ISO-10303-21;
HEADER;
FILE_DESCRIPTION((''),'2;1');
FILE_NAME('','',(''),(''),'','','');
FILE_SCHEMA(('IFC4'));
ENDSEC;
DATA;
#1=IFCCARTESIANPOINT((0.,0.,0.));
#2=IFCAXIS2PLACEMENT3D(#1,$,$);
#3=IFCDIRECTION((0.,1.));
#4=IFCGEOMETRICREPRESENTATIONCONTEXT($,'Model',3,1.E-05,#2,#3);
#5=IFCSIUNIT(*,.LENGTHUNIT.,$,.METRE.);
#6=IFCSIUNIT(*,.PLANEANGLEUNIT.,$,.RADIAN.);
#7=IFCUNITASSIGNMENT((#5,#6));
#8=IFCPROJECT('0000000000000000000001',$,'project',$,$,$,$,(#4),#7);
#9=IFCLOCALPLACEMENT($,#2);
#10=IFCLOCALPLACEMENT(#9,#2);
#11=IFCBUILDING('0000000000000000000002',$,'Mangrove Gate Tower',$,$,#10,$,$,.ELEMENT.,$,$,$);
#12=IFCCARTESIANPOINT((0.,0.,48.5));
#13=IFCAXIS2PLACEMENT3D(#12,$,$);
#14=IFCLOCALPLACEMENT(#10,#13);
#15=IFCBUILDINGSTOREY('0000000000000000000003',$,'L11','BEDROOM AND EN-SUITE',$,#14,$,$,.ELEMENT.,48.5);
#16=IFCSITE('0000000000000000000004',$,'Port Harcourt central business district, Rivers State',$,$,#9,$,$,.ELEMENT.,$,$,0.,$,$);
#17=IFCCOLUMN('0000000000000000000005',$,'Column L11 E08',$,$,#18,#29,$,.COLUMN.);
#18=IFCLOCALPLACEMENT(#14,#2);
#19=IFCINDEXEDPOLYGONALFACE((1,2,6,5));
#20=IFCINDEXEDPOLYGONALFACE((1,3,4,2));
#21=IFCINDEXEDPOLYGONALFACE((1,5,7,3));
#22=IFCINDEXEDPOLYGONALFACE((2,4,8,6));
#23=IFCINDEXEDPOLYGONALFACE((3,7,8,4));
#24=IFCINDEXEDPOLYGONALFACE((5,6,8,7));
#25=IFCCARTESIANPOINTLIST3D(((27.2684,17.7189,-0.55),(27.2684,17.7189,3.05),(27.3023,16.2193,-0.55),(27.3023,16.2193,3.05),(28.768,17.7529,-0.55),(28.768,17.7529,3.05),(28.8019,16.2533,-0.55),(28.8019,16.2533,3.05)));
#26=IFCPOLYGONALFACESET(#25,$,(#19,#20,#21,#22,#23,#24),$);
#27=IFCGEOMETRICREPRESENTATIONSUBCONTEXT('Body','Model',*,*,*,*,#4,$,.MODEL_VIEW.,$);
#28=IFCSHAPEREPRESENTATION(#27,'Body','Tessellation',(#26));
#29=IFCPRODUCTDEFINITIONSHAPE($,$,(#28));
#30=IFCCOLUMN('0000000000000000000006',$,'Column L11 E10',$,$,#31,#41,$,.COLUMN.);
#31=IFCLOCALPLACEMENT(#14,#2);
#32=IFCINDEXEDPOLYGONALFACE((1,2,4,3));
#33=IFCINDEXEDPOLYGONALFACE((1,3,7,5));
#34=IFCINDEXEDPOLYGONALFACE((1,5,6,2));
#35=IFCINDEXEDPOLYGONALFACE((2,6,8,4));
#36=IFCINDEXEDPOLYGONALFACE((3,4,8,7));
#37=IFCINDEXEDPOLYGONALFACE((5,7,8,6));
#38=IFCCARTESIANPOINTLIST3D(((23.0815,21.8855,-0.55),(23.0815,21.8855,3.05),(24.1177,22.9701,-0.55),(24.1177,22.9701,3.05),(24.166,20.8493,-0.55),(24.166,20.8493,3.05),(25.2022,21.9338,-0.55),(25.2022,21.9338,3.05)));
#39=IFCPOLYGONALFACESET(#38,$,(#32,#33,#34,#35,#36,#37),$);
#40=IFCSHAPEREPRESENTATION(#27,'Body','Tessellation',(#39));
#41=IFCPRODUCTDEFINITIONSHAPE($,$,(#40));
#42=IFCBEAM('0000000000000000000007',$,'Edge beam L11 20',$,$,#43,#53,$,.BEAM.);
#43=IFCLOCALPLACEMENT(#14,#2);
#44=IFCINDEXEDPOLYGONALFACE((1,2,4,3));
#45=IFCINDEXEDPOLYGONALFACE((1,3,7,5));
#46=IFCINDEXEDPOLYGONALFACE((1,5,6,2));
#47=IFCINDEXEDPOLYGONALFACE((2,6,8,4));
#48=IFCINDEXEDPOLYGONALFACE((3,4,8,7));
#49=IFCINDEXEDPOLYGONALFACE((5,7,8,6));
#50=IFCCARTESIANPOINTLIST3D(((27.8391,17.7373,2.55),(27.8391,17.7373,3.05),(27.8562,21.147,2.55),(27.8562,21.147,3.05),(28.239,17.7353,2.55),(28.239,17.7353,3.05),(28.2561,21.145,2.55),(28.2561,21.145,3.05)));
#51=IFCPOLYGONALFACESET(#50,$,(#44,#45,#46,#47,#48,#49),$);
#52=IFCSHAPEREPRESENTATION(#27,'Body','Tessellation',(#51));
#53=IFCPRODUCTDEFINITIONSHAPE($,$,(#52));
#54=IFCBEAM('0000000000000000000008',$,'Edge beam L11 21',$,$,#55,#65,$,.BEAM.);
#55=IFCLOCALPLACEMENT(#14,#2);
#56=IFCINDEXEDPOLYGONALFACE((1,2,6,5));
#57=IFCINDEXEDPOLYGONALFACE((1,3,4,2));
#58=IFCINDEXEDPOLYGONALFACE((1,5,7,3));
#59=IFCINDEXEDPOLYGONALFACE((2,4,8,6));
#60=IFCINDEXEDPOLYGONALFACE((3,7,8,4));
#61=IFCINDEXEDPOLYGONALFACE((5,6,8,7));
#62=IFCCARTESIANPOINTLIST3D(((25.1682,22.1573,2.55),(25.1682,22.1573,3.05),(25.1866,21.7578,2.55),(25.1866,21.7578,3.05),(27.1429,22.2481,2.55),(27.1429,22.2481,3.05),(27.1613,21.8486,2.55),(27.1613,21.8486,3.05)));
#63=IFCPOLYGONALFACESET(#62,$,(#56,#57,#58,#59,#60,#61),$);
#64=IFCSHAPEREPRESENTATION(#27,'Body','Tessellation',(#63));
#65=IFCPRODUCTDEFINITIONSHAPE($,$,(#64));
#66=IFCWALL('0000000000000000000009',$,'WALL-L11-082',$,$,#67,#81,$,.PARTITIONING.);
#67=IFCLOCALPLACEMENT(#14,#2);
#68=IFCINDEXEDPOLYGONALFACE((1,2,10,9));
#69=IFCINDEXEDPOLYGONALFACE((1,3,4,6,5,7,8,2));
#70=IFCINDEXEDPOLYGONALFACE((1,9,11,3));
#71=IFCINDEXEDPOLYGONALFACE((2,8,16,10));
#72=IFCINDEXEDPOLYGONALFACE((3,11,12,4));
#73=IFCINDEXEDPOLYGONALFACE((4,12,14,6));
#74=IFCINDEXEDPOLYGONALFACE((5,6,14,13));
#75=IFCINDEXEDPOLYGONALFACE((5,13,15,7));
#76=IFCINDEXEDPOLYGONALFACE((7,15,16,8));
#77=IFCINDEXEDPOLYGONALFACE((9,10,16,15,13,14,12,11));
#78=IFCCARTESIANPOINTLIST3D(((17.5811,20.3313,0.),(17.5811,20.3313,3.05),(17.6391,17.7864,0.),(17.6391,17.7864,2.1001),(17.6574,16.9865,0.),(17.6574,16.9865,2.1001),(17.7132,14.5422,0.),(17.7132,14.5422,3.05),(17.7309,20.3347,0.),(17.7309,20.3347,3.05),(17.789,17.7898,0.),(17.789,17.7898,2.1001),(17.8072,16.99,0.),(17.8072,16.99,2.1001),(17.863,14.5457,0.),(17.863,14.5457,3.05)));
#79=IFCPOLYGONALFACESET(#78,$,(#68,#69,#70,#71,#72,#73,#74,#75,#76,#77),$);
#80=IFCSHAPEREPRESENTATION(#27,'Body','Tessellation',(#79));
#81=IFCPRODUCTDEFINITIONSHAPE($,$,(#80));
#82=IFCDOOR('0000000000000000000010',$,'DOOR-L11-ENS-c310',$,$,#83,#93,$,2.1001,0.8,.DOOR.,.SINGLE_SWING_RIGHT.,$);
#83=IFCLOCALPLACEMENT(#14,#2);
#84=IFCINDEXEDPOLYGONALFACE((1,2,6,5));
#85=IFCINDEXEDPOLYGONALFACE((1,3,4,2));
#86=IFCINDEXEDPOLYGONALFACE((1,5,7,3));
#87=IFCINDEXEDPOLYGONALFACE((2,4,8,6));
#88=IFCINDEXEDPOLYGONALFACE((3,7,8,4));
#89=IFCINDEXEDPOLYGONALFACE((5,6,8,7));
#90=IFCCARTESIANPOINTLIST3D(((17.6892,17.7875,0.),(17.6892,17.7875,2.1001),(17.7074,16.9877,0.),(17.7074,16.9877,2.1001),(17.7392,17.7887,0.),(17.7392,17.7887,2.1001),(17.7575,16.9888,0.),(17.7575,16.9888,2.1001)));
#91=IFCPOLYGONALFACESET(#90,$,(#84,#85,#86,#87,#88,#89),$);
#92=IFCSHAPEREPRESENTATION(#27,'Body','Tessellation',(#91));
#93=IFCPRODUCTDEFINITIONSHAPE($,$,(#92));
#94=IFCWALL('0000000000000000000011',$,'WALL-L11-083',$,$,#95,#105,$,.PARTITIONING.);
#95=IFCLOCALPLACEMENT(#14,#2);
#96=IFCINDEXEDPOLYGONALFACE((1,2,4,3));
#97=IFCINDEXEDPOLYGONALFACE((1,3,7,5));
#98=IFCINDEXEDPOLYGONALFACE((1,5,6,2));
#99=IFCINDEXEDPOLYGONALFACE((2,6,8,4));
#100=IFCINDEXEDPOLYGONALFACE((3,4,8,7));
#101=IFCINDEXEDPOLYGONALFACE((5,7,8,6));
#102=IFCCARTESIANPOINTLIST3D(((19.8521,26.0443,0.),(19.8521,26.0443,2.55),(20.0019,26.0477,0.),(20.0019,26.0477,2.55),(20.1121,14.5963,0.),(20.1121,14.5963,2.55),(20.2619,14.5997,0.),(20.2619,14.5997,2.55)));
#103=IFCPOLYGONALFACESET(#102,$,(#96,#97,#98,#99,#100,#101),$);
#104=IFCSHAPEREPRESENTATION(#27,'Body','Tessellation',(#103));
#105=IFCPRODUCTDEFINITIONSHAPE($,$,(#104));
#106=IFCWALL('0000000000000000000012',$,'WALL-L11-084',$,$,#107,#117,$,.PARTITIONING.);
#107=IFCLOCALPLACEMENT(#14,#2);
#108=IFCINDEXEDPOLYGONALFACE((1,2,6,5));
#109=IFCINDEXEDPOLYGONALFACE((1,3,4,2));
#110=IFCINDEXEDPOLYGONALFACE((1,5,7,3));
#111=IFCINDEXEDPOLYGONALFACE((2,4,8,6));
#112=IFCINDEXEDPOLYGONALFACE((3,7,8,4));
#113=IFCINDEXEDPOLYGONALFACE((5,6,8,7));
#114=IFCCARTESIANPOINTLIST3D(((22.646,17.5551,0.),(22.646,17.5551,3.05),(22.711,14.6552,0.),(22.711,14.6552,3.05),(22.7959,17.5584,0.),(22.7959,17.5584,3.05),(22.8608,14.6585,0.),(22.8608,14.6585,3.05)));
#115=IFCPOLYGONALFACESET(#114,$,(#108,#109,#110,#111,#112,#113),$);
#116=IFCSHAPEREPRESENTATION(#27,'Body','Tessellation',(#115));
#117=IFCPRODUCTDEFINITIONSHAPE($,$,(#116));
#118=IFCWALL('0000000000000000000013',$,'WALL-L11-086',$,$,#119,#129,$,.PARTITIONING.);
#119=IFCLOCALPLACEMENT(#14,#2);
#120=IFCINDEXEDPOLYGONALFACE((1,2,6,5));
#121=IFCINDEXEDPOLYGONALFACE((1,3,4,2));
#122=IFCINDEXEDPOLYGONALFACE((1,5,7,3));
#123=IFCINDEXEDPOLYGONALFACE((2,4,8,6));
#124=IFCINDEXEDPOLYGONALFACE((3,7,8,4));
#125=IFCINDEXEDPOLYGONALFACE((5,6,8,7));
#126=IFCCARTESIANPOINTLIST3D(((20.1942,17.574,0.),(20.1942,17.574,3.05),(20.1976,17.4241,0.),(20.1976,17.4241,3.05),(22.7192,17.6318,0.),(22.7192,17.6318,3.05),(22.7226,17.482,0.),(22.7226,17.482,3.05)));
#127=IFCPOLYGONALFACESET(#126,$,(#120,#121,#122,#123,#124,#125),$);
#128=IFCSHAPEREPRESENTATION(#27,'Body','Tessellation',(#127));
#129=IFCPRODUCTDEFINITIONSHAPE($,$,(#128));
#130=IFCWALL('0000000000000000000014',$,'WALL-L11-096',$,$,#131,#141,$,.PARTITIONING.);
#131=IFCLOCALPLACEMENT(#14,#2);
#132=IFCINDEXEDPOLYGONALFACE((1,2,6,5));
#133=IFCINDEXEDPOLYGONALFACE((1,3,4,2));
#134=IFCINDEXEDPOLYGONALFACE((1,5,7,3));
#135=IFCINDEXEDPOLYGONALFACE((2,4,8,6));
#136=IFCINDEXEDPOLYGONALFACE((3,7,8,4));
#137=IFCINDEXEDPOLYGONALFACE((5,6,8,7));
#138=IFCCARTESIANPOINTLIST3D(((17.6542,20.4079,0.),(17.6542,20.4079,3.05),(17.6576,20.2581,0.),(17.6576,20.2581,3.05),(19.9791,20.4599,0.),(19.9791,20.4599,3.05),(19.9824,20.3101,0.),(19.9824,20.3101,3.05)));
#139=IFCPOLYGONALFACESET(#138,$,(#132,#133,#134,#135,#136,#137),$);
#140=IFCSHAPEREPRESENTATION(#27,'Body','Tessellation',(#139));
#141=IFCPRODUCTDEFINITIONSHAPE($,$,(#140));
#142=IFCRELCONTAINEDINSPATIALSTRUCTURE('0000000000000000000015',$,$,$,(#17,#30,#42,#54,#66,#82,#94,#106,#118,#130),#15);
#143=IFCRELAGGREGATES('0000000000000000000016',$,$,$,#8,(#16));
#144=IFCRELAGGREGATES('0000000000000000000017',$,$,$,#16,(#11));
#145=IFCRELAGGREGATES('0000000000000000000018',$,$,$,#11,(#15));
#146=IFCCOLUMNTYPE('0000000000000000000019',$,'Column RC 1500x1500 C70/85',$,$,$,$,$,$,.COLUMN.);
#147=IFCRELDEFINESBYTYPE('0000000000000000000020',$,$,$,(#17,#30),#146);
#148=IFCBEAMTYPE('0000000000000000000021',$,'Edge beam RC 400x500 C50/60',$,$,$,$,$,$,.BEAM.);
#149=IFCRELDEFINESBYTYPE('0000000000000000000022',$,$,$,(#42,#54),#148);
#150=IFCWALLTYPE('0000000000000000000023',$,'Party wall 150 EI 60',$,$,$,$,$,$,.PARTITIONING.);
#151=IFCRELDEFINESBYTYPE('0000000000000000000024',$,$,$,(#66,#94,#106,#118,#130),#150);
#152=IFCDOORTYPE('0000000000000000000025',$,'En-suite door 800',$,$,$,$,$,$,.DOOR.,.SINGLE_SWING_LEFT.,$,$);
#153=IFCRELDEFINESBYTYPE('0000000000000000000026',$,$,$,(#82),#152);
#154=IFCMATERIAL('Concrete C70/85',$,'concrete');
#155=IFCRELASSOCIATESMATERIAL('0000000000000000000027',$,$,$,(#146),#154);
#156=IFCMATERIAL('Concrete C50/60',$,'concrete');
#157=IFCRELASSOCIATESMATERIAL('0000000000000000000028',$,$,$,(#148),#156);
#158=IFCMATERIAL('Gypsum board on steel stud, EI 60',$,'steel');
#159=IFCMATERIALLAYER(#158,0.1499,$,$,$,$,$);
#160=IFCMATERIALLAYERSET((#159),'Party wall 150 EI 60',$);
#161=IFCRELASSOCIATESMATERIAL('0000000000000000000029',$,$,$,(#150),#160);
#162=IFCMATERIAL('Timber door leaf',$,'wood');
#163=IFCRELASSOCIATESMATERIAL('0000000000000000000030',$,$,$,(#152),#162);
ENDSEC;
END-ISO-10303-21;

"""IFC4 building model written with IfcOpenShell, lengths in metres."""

from ifc_helpers import new_model, si_unit, direction, frame, frame_2d, origin, origin_2d, place, context, subcontext, project, spatial, rectangle, extrude, material, layer, layer_set, material_profile, profile_set, type_object, element, fill, save


model = new_model("IFC4")

# Units and contexts
model_context = context("Model", 3, precision=1e-05, world=origin(), true_north=direction((0.0, 1.0)))
body_context = subcontext(model_context, "Body", "Model", "MODEL_VIEW")
ifc_project = project(units=[si_unit("LENGTHUNIT", "METRE"), si_unit("PLANEANGLEUNIT", "RADIAN")], contexts=[model_context])

# Site, building, storey
site_placement = place(None, origin())
site = spatial("IfcSite", under=ifc_project, at=site_placement, Name="Port Harcourt central business district, Rivers State", CompositionType="ELEMENT", RefElevation=0.0)
building_placement = place(site_placement, origin())
building = spatial("IfcBuilding", under=site, at=building_placement, Name="Mangrove Gate Tower", CompositionType="ELEMENT")
storey_placement = place(building_placement, frame((0.0, 0.0, 48.5)))
storey = spatial("IfcBuildingStorey", under=building, at=storey_placement, Name="L11", Description="BEDROOM AND EN-SUITE", CompositionType="ELEMENT", Elevation=48.5)

# Columns
ifc_material_1 = material(Name="Concrete C70/85", Category="concrete")
ifc_material_profile_1 = material_profile(ifc_material_1, rectangle(XDim=1.5, YDim=1.5, at=origin_2d()))
ifc_profile_set_1 = profile_set([ifc_material_profile_1], Name="Concrete C70/85")
column_type = type_object("IfcColumnType", Name="Column RC 1500x1500 C70/85", PredefinedType="COLUMN", material=ifc_profile_set_1)
for number, where, z_axis, x_axis, name in (
    (1, (28.0352, 16.9861, -0.55), (0.0, 0.0, 1.0), (-0.022646, 0.999744, 0.0), "Column L11 E08"),
    (2, (24.1418, 21.9097, -0.55), (0.0, 0.0, 1.0), (-0.72301, 0.690837, 0.0), "Column L11 E10"),
):
    element("IfcColumn", number, at=place(storey_placement, frame(where, z_axis=z_axis, x_axis=x_axis)), inside=storey, type_object=column_type, Name=name, PredefinedType="COLUMN", context=body_context, shape_type="SweptSolid", body=[
        extrude(rectangle(XDim=1.5, YDim=1.5, at=origin_2d()), origin(), (0.0, 0.0, 1.0), 3.6001),
    ])

# Beams
ifc_material_2 = material(Name="Concrete C50/60", Category="concrete")
ifc_material_profile_2 = material_profile(ifc_material_2, rectangle(XDim=0.3999, YDim=0.5, at=origin_2d()))
ifc_profile_set_2 = profile_set([ifc_material_profile_2], Name="Concrete C50/60")
beam_type = type_object("IfcBeamType", Name="Edge beam RC 400x500 C50/60", PredefinedType="BEAM", material=ifc_profile_set_2)
beam_1_placement = place(storey_placement, frame((28.0391, 17.7363, 2.8), z_axis=(0.005012, 0.999987, 0.0), x_axis=(-0.999987, 0.005012, 0.0)))
element("IfcBeam", 3, at=beam_1_placement, inside=storey, type_object=beam_type, Name="Edge beam L11 20", PredefinedType="BEAM", context=body_context, shape_type="SweptSolid", body=[
    extrude(rectangle(XDim=0.3999, YDim=0.5, at=origin_2d()), origin(), (0.0, 0.0, 1.0), 3.4097),
])
beam_2_placement = place(storey_placement, frame((27.1521, 22.0483, 2.8), z_axis=(-0.998944, -0.045945, 0.0), x_axis=(0.045945, -0.998944, 0.0)))
element("IfcBeam", 4, at=beam_2_placement, inside=storey, type_object=beam_type, Name="Edge beam L11 21", PredefinedType="BEAM", context=body_context, shape_type="SweptSolid", body=[
    extrude(rectangle(XDim=0.3999, YDim=0.5, at=origin_2d()), origin(), (0.0, 0.0, 1.0), 1.9768),
])

# Wall, opening, door
ifc_material_3 = material(Name="Gypsum board on steel stud, EI 60", Category="steel")
ifc_layer = layer(ifc_material_3, 0.1499)
ifc_layer_set = layer_set([ifc_layer], Name="Party wall 150 EI 60")
wall_type = type_object("IfcWallType", Name="Party wall 150 EI 60", PredefinedType="PARTITIONING", material=ifc_layer_set)
wall_1_placement = place(storey_placement, frame((17.7881, 14.5439, 0.0), z_axis=(0.0, 0.0, 1.0), x_axis=(-0.02281, 0.99974, 0.0)))
wall_1 = element("IfcWall", 5, at=wall_1_placement, inside=storey, type_object=wall_type, Name="WALL-L11-082", PredefinedType="PARTITIONING", context=body_context, shape_type="SweptSolid", body=[
    extrude(rectangle(XDim=5.7905, YDim=0.1499, at=frame_2d((2.8953, 0.0))), origin(), (0.0, 0.0, 1.0), 3.05),
])
opening_placement = place(wall_1_placement, frame((2.4451, 0.0, 0.0)))
opening = element("IfcOpeningElement", 6, at=opening_placement, cuts=wall_1, PredefinedType="OPENING", context=body_context, shape_type="SweptSolid", body=[
    extrude(rectangle(XDim=0.8, YDim=2.1001, at=frame_2d((0.3999, 1.05))), frame((0.0, 0.085, 0.0), z_axis=(0.0, -1.0, 0.0), x_axis=(1.0, 0.0, 0.0)), (0.0, 0.0, 1.0), 0.1699),
])
ifc_material_4 = material(Name="Timber door leaf", Category="wood")
door_type = type_object("IfcDoorType", Name="En-suite door 800", OperationType="SINGLE_SWING_LEFT", PredefinedType="DOOR", material=ifc_material_4)
door_placement = place(opening_placement, origin())
door = element("IfcDoor", 7, at=door_placement, inside=storey, type_object=door_type, Name="DOOR-L11-ENS-c310", OperationType="SINGLE_SWING_RIGHT", OverallHeight=2.1001, OverallWidth=0.8, PredefinedType="DOOR", context=body_context, shape_type="SweptSolid", body=[
    extrude(rectangle(XDim=0.8, YDim=2.1001, at=frame_2d((0.3999, 1.05))), frame((0.0, 0.0249, 0.0), z_axis=(0.0, -1.0, 0.0), x_axis=(1.0, 0.0, 0.0)), (0.0, 0.0, 1.0), 0.05),
])
fill(opening, door)

# Walls
wall_2_placement = place(storey_placement, frame((20.187, 14.5979, 0.0), z_axis=(0.0, 0.0, 1.0), x_axis=(-0.022706, 0.999742, 0.0)))
element("IfcWall", 8, at=wall_2_placement, inside=storey, type_object=wall_type, Name="WALL-L11-083", PredefinedType="PARTITIONING", context=body_context, shape_type="SweptSolid", body=[
    extrude(rectangle(XDim=11.4509, YDim=0.1499, at=frame_2d((5.7256, 0.0))), origin(), (0.0, 0.0, 1.0), 2.55),
])
wall_3_placement = place(storey_placement, frame((22.7859, 14.657, 0.0), z_axis=(0.0, 0.0, 1.0), x_axis=(-0.022389, 0.999749, 0.0)))
element("IfcWall", 9, at=wall_3_placement, inside=storey, type_object=wall_type, Name="WALL-L11-084", PredefinedType="PARTITIONING", context=body_context, shape_type="SweptSolid", body=[
    extrude(rectangle(XDim=2.9006, YDim=0.1499, at=frame_2d((1.4502, 0.0))), origin(), (0.0, 0.0, 1.0), 3.05),
])
wall_4_placement = place(storey_placement, frame((20.196, 17.499, 0.0), z_axis=(0.0, 0.0, 1.0), x_axis=(0.999738, 0.02291, 0.0)))
element("IfcWall", 10, at=wall_4_placement, inside=storey, type_object=wall_type, Name="WALL-L11-086", PredefinedType="PARTITIONING", context=body_context, shape_type="SweptSolid", body=[
    extrude(rectangle(XDim=2.5256, YDim=0.1499, at=frame_2d((1.2627, 0.0))), origin(), (0.0, 0.0, 1.0), 3.05),
])
wall_5_placement = place(storey_placement, frame((17.656, 20.333, 0.0), z_axis=(0.0, 0.0, 1.0), x_axis=(0.99975, 0.022361, 0.0)))
element("IfcWall", 11, at=wall_5_placement, inside=storey, type_object=wall_type, Name="WALL-L11-096", PredefinedType="PARTITIONING", context=body_context, shape_type="SweptSolid", body=[
    extrude(rectangle(XDim=2.3254, YDim=0.1499, at=frame_2d((1.1626, 0.0))), origin(), (0.0, 0.0, 1.0), 3.05),
])

save(model, "model.ifc")
